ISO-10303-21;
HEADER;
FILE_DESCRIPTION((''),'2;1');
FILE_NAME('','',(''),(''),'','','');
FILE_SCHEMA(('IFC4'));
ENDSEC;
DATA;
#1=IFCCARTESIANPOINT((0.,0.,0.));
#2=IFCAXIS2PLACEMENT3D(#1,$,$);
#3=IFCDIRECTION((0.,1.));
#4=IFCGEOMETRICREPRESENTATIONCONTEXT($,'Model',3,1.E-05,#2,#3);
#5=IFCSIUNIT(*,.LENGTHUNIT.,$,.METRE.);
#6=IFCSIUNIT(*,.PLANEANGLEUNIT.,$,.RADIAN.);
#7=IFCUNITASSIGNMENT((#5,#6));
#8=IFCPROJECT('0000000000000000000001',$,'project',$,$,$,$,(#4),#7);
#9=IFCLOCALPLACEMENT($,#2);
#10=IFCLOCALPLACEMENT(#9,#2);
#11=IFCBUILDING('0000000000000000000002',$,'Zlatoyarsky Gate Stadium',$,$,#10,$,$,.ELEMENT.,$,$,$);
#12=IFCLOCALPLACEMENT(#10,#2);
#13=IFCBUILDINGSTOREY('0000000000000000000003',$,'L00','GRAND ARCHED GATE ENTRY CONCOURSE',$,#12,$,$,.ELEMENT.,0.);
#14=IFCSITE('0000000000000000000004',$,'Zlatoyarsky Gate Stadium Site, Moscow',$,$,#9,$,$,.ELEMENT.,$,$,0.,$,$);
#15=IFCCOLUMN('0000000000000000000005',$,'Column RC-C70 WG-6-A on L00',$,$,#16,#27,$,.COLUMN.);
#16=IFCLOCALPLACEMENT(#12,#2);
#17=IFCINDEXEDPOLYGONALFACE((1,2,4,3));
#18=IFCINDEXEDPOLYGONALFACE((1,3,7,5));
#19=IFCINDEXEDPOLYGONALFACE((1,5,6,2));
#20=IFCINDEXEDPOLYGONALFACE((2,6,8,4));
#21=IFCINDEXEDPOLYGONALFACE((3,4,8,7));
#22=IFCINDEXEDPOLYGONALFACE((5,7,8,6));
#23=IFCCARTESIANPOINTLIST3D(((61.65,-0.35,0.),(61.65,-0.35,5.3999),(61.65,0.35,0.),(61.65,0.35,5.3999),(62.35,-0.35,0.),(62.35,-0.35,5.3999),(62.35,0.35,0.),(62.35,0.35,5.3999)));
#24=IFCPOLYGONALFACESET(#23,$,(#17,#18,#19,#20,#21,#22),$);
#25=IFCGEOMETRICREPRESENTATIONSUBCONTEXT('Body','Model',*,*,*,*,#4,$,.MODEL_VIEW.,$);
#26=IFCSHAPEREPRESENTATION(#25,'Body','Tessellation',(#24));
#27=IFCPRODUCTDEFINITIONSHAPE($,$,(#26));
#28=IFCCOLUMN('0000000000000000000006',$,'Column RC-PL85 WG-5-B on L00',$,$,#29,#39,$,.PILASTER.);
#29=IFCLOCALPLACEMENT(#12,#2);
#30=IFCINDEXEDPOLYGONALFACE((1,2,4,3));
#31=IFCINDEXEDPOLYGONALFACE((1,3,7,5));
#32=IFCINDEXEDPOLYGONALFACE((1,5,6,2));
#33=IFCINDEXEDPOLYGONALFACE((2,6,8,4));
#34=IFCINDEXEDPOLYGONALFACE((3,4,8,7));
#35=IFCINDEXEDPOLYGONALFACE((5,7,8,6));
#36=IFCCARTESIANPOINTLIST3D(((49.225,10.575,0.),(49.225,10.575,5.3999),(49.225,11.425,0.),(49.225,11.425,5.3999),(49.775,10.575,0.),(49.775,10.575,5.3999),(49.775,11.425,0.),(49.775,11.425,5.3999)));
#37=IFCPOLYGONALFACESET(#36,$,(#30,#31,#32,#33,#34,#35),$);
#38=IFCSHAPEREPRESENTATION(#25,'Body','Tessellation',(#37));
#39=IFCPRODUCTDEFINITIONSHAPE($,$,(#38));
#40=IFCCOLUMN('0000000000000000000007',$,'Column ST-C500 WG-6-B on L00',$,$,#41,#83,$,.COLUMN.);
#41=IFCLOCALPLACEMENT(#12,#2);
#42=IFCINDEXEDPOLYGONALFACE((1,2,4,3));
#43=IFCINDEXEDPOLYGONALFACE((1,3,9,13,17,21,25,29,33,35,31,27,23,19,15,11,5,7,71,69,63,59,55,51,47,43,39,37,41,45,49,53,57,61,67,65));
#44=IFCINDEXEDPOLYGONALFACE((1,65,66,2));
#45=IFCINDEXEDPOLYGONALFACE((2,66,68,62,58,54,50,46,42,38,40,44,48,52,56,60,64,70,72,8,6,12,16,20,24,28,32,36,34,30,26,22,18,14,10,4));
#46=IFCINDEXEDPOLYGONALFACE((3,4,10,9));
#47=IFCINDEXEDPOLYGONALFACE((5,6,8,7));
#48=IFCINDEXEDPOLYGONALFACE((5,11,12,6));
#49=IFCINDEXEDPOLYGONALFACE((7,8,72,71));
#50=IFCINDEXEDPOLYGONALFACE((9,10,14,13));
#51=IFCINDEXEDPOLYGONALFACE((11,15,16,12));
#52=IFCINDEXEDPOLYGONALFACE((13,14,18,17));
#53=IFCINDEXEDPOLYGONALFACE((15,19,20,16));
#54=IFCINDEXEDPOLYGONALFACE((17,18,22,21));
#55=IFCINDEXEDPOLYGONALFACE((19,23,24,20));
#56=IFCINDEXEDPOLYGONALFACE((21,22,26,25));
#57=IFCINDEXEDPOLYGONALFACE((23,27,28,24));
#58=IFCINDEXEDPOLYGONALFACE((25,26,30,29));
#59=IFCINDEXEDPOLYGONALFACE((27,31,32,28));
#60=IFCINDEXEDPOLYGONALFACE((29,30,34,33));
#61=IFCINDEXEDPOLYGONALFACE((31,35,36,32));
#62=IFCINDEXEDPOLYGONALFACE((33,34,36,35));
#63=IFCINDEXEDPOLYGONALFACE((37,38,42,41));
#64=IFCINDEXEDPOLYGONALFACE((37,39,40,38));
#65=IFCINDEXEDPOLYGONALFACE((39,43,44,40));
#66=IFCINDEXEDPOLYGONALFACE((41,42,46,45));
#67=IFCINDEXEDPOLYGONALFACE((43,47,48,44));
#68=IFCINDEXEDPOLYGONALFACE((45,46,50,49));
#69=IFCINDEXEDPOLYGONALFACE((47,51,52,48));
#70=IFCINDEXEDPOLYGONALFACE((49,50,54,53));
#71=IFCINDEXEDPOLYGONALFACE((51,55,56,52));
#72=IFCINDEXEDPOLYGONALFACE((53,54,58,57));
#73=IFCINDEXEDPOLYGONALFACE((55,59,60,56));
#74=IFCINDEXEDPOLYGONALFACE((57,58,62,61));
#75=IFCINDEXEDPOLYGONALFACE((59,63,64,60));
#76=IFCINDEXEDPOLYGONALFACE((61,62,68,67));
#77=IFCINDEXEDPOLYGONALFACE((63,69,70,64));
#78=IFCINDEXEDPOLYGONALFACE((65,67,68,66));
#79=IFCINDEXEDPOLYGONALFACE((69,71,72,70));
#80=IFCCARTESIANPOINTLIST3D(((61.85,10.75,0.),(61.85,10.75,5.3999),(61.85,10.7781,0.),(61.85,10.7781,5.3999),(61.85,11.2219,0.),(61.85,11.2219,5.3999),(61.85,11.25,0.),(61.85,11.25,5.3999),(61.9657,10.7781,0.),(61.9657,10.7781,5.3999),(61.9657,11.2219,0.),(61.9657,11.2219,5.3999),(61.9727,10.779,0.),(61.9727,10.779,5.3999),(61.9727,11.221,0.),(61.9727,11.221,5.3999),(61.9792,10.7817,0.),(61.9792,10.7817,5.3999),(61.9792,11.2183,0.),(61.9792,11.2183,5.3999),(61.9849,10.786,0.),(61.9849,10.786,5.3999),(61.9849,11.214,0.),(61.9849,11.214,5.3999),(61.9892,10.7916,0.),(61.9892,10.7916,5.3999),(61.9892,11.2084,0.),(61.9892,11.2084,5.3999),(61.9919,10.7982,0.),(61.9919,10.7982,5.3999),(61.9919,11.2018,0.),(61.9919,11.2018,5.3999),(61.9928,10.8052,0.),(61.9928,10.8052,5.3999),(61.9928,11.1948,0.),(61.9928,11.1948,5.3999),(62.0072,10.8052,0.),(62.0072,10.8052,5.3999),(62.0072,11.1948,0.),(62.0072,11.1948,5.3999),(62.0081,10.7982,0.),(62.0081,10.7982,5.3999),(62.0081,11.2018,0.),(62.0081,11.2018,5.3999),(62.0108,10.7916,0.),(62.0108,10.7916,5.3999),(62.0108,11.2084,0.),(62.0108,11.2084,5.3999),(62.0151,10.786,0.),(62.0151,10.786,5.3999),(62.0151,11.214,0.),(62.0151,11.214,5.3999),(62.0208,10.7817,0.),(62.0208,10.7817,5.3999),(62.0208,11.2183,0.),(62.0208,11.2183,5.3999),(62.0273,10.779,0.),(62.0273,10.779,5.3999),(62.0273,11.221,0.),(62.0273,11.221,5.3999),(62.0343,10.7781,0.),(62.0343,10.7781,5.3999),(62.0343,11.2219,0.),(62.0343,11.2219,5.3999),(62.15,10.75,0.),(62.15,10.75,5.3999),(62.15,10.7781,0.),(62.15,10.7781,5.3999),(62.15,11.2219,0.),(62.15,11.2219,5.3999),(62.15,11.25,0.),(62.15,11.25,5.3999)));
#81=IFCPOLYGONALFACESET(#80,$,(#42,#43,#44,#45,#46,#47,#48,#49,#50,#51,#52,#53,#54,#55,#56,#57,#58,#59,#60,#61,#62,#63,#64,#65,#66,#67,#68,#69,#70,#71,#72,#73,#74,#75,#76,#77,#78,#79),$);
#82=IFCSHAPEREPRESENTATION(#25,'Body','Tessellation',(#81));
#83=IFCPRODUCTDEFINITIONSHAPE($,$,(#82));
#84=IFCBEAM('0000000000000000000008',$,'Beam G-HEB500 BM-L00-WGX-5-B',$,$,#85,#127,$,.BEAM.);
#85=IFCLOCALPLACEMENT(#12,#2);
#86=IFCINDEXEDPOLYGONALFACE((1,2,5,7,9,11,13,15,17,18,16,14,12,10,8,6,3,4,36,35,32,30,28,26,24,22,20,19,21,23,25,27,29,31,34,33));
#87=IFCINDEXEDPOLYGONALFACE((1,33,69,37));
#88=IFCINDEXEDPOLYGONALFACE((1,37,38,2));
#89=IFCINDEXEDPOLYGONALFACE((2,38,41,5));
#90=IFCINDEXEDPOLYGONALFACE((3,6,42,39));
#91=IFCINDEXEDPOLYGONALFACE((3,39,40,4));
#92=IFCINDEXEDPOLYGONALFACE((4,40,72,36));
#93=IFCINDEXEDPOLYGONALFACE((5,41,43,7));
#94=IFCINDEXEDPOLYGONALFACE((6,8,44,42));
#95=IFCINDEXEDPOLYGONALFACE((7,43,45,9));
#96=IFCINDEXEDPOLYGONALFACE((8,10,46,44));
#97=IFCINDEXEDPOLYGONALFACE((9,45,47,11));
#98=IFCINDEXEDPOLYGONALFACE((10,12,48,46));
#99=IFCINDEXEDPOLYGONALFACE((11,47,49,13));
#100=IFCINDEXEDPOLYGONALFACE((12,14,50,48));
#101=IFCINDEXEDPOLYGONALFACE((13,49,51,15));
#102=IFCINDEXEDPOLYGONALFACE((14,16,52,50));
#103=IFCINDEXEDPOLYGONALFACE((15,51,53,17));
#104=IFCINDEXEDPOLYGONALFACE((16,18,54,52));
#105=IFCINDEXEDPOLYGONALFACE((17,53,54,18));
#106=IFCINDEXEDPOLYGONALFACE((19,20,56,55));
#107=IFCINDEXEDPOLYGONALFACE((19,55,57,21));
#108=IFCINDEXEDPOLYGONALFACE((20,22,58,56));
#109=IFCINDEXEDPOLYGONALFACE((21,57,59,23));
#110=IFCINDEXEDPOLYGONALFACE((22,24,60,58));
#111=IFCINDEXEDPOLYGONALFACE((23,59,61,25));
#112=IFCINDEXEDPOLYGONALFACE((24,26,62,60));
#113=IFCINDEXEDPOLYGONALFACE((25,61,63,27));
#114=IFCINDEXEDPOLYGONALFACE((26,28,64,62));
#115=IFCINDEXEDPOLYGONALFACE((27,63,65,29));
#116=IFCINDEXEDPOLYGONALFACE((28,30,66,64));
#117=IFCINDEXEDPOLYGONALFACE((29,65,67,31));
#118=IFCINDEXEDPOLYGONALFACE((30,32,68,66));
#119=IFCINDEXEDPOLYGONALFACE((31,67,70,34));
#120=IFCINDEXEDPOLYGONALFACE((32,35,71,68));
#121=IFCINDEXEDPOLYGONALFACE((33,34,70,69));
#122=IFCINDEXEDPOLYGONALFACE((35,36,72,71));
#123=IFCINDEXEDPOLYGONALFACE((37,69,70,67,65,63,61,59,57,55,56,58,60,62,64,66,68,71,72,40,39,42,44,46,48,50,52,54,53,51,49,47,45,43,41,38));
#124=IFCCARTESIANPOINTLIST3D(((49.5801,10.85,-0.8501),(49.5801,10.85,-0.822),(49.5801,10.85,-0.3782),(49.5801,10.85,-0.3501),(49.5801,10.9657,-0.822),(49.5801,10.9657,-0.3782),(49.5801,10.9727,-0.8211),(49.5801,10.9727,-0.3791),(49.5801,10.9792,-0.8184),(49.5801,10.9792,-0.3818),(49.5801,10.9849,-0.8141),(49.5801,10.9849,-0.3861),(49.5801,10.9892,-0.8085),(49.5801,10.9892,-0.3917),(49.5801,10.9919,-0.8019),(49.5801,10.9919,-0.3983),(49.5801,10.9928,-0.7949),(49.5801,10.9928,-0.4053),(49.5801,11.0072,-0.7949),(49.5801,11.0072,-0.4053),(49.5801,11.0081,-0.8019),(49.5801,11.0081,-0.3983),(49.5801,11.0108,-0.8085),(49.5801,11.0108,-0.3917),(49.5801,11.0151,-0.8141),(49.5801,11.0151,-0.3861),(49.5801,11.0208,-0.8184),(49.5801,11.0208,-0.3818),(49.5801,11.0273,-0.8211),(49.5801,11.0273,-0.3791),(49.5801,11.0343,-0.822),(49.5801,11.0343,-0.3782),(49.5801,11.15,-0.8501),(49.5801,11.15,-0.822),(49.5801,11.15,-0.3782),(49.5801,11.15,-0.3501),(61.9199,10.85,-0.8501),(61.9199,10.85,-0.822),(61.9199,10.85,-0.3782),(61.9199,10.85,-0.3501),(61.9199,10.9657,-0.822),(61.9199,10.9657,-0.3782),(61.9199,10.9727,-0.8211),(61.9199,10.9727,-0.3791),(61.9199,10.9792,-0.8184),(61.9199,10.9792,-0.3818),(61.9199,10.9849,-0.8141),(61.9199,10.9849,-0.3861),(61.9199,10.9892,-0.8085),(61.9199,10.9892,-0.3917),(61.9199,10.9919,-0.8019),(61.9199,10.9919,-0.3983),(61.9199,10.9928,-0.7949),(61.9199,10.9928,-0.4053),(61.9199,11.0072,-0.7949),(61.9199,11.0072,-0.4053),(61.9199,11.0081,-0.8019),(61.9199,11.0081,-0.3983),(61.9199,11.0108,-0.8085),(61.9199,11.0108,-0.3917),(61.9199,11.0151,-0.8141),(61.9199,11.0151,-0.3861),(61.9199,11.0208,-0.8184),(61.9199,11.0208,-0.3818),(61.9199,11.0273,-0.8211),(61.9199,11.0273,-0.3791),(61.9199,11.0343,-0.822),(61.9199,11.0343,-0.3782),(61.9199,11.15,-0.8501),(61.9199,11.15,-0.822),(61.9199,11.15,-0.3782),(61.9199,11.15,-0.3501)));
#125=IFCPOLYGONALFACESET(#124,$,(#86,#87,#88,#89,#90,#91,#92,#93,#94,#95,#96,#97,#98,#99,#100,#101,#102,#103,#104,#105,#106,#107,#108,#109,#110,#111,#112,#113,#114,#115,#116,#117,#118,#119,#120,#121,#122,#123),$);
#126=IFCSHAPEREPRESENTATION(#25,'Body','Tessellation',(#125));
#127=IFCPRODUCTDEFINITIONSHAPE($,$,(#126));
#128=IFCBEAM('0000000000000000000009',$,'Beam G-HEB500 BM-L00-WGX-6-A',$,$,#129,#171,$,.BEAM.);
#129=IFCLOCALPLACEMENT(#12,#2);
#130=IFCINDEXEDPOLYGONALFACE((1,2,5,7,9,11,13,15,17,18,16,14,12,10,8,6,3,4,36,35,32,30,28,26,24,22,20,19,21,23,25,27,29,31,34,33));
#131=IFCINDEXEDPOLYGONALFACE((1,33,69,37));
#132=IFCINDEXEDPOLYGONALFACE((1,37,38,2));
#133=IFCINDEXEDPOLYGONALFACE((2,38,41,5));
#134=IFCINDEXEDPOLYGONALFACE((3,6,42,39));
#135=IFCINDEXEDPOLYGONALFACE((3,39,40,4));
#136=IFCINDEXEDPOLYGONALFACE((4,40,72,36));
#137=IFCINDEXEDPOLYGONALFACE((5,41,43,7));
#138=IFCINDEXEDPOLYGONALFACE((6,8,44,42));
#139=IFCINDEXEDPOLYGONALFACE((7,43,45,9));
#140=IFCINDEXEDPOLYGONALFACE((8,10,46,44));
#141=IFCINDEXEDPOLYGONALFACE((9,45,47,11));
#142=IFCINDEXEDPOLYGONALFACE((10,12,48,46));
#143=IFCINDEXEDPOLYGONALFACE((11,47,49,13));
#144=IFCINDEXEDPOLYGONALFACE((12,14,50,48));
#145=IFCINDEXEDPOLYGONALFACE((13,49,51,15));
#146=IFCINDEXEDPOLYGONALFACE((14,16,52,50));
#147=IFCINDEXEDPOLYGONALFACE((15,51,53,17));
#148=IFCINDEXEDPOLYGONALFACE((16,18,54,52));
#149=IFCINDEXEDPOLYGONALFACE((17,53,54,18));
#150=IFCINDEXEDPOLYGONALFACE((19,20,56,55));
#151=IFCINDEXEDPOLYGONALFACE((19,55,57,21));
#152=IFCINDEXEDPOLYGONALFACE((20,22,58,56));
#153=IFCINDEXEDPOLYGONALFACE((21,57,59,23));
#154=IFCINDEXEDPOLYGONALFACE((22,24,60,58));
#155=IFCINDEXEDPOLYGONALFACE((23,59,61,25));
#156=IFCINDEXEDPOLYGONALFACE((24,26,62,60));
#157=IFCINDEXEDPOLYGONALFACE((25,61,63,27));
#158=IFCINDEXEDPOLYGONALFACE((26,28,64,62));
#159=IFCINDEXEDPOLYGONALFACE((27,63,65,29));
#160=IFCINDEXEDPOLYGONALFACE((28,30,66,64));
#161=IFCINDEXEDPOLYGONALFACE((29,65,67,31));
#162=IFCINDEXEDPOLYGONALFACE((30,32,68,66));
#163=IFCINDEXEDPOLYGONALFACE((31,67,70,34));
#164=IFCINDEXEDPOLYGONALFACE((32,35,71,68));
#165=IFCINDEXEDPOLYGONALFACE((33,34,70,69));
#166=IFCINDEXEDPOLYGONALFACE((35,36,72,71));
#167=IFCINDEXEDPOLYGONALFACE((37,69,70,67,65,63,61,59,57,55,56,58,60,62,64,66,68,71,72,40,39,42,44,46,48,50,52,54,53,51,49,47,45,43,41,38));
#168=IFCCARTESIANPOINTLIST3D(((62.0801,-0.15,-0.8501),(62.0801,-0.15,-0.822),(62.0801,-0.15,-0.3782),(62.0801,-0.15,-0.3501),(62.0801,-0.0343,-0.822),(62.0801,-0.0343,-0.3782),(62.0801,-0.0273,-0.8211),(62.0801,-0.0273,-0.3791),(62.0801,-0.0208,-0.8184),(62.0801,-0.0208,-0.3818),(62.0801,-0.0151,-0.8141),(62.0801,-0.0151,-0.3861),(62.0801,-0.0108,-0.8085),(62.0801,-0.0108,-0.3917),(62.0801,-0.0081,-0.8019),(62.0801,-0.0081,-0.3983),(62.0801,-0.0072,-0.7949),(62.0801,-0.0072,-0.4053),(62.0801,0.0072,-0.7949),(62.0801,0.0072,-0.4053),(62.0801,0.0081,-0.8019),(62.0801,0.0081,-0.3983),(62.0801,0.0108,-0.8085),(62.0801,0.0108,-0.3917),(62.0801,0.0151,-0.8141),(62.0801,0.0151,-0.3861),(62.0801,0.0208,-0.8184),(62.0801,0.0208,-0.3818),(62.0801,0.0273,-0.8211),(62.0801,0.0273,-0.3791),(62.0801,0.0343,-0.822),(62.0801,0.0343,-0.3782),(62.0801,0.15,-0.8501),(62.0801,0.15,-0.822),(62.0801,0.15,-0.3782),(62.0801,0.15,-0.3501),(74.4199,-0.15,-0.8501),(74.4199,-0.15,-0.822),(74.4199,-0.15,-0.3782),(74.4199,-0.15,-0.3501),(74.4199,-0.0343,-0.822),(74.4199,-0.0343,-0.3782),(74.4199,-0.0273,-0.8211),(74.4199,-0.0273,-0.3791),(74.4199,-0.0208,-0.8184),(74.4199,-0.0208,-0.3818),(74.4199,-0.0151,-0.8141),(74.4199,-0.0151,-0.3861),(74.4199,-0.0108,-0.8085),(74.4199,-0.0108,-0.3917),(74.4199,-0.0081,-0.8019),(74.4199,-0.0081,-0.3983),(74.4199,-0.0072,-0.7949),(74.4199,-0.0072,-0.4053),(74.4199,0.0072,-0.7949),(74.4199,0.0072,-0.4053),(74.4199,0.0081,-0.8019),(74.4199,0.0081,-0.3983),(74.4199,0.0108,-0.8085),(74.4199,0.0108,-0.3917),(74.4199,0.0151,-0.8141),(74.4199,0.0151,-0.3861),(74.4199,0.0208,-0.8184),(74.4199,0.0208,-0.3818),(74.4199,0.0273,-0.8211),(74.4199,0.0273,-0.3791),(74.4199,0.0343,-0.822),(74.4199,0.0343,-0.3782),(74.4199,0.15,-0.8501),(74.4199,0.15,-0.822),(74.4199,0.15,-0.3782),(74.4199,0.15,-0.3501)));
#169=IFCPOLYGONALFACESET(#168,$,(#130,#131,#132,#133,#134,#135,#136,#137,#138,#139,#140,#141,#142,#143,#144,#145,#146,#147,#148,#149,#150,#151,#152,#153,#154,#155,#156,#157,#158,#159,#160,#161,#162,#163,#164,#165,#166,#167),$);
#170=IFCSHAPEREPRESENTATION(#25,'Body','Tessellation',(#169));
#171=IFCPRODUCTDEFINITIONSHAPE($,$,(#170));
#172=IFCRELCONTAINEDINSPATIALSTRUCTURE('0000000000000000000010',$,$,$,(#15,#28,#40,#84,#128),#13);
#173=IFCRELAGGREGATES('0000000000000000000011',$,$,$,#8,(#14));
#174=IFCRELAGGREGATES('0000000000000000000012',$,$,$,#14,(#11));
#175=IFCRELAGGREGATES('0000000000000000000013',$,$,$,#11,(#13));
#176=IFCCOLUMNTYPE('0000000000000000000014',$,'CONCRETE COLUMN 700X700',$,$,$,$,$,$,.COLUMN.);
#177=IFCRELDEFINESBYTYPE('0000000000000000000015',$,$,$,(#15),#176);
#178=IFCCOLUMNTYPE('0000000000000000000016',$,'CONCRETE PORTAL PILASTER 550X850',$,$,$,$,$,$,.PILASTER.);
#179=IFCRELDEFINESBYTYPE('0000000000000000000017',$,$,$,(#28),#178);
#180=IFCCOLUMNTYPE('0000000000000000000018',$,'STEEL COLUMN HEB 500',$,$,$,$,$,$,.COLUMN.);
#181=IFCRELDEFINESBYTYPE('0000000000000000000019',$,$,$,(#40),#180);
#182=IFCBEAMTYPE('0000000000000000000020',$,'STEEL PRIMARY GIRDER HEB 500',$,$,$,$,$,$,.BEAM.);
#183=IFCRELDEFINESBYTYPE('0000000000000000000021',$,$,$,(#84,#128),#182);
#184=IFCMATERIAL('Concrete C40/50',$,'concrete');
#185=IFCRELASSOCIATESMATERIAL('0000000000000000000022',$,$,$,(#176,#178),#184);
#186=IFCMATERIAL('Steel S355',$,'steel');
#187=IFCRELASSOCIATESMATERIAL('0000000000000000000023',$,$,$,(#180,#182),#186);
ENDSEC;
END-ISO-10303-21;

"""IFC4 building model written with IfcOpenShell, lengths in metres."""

from ifc_helpers import new_model, si_unit, direction, frame, origin, origin_2d, place, context, subcontext, project, spatial, rectangle, i_section, extrude, material, material_profile, profile_set, type_object, element, save


model = new_model("IFC4")

# Units and contexts
model_context = context("Model", 3, precision=1e-05, world=origin(), true_north=direction((0.0, 1.0)))
body_context = subcontext(model_context, "Body", "Model", "MODEL_VIEW")
ifc_project = project(units=[si_unit("LENGTHUNIT", "METRE"), si_unit("PLANEANGLEUNIT", "RADIAN")], contexts=[model_context])

# Site, building, storey
site_placement = place(None, origin())
site = spatial("IfcSite", under=ifc_project, at=site_placement, Name="Zlatoyarsky Gate Stadium Site, Moscow", CompositionType="ELEMENT", RefElevation=0.0)
building_placement = place(site_placement, origin())
building = spatial("IfcBuilding", under=site, at=building_placement, Name="Zlatoyarsky Gate Stadium", CompositionType="ELEMENT")
storey_placement = place(building_placement, origin())
storey = spatial("IfcBuildingStorey", under=building, at=storey_placement, Name="L00", Description="GRAND ARCHED GATE ENTRY CONCOURSE", CompositionType="ELEMENT", Elevation=0.0)

# Columns
ifc_material_1 = material(Name="Concrete C40/50", Category="concrete")
ifc_material_profile_1 = material_profile(ifc_material_1, rectangle(XDim=0.7, YDim=0.7, at=origin_2d()), Name="RC COL 700X700")
ifc_profile_set_1 = profile_set([ifc_material_profile_1], Name="Concrete C40/50")
column_type_1 = type_object("IfcColumnType", Name="CONCRETE COLUMN 700X700", PredefinedType="COLUMN", material=ifc_profile_set_1)
column_1_placement = place(storey_placement, frame((62.0, 0.0, 0.0), z_axis=(0.0, 0.0, 1.0), x_axis=(1.0, 0.0, 0.0)))
element("IfcColumn", 1, at=column_1_placement, inside=storey, type_object=column_type_1, Name="Column RC-C70 WG-6-A on L00", PredefinedType="COLUMN", context=body_context, shape_type="SweptSolid", body=[
    extrude(rectangle(XDim=0.7, YDim=0.7, at=origin_2d()), origin(), (0.0, 0.0, 1.0), 5.3999),
])
ifc_material_profile_2 = material_profile(ifc_material_1, rectangle(XDim=0.55, YDim=0.8501, at=origin_2d()), Name="RC PILASTER 550X850")
ifc_profile_set_2 = profile_set([ifc_material_profile_2], Name="Concrete C40/50")
column_type_2 = type_object("IfcColumnType", Name="CONCRETE PORTAL PILASTER 550X850", PredefinedType="PILASTER", material=ifc_profile_set_2)
column_2_placement = place(storey_placement, frame((49.5, 11.0, 0.0), z_axis=(0.0, 0.0, 1.0), x_axis=(1.0, 0.0, 0.0)))
element("IfcColumn", 2, at=column_2_placement, inside=storey, type_object=column_type_2, Name="Column RC-PL85 WG-5-B on L00", PredefinedType="PILASTER", context=body_context, shape_type="SweptSolid", body=[
    extrude(rectangle(XDim=0.55, YDim=0.8501, at=origin_2d()), origin(), (0.0, 0.0, 1.0), 5.3999),
])
ifc_material_2 = material(Name="Steel S355", Category="steel")
ifc_material_profile_3 = material_profile(ifc_material_2, i_section(OverallWidth=0.3, OverallDepth=0.5, WebThickness=0.0144, FlangeThickness=0.0281, FilletRadius=0.0271, at=origin_2d()), Name="HEB 500")
ifc_profile_set_3 = profile_set([ifc_material_profile_3], Name="Steel S355")
column_type_3 = type_object("IfcColumnType", Name="STEEL COLUMN HEB 500", PredefinedType="COLUMN", material=ifc_profile_set_3)
column_3_placement = place(storey_placement, frame((62.0, 11.0, 0.0), z_axis=(0.0, 0.0, 1.0), x_axis=(1.0, 0.0, 0.0)))
element("IfcColumn", 3, at=column_3_placement, inside=storey, type_object=column_type_3, Name="Column ST-C500 WG-6-B on L00", PredefinedType="COLUMN", context=body_context, shape_type="SweptSolid", body=[
    extrude(i_section(OverallWidth=0.3, OverallDepth=0.5, WebThickness=0.0144, FlangeThickness=0.0281, FilletRadius=0.0271, at=origin_2d()), origin(), (0.0, 0.0, 1.0), 5.3999),
])

# Beams
ifc_material_profile_4 = material_profile(ifc_material_2, i_section(OverallWidth=0.3, OverallDepth=0.5, WebThickness=0.0144, FlangeThickness=0.0281, FilletRadius=0.0271, at=origin_2d()), Name="HEB 500")
ifc_profile_set_4 = profile_set([ifc_material_profile_4], Name="Steel S355")
beam_type_1 = type_object("IfcBeamType", Name="STEEL PRIMARY GIRDER HEB 500", PredefinedType="BEAM", material=ifc_profile_set_4)
for number, where, z_axis, x_axis, name in (
    (4, (49.5801, 11.0, -0.6001), (1.0, 0.0, 0.0), (0.0, 1.0, 0.0), "Beam G-HEB500 BM-L00-WGX-5-B"),
    (5, (62.0801, 0.0, -0.6001), (1.0, 0.0, 0.0), (0.0, 1.0, 0.0), "Beam G-HEB500 BM-L00-WGX-6-A"),
):
    element("IfcBeam", number, at=place(storey_placement, frame(where, z_axis=z_axis, x_axis=x_axis)), inside=storey, type_object=beam_type_1, Name=name, PredefinedType="BEAM", context=body_context, shape_type="SweptSolid", body=[
        extrude(i_section(OverallWidth=0.3, OverallDepth=0.5, WebThickness=0.0144, FlangeThickness=0.0281, FilletRadius=0.0271, at=origin_2d()), origin(), (0.0, 0.0, 1.0), 12.3398),
    ])

save(model, "model.ifc")
